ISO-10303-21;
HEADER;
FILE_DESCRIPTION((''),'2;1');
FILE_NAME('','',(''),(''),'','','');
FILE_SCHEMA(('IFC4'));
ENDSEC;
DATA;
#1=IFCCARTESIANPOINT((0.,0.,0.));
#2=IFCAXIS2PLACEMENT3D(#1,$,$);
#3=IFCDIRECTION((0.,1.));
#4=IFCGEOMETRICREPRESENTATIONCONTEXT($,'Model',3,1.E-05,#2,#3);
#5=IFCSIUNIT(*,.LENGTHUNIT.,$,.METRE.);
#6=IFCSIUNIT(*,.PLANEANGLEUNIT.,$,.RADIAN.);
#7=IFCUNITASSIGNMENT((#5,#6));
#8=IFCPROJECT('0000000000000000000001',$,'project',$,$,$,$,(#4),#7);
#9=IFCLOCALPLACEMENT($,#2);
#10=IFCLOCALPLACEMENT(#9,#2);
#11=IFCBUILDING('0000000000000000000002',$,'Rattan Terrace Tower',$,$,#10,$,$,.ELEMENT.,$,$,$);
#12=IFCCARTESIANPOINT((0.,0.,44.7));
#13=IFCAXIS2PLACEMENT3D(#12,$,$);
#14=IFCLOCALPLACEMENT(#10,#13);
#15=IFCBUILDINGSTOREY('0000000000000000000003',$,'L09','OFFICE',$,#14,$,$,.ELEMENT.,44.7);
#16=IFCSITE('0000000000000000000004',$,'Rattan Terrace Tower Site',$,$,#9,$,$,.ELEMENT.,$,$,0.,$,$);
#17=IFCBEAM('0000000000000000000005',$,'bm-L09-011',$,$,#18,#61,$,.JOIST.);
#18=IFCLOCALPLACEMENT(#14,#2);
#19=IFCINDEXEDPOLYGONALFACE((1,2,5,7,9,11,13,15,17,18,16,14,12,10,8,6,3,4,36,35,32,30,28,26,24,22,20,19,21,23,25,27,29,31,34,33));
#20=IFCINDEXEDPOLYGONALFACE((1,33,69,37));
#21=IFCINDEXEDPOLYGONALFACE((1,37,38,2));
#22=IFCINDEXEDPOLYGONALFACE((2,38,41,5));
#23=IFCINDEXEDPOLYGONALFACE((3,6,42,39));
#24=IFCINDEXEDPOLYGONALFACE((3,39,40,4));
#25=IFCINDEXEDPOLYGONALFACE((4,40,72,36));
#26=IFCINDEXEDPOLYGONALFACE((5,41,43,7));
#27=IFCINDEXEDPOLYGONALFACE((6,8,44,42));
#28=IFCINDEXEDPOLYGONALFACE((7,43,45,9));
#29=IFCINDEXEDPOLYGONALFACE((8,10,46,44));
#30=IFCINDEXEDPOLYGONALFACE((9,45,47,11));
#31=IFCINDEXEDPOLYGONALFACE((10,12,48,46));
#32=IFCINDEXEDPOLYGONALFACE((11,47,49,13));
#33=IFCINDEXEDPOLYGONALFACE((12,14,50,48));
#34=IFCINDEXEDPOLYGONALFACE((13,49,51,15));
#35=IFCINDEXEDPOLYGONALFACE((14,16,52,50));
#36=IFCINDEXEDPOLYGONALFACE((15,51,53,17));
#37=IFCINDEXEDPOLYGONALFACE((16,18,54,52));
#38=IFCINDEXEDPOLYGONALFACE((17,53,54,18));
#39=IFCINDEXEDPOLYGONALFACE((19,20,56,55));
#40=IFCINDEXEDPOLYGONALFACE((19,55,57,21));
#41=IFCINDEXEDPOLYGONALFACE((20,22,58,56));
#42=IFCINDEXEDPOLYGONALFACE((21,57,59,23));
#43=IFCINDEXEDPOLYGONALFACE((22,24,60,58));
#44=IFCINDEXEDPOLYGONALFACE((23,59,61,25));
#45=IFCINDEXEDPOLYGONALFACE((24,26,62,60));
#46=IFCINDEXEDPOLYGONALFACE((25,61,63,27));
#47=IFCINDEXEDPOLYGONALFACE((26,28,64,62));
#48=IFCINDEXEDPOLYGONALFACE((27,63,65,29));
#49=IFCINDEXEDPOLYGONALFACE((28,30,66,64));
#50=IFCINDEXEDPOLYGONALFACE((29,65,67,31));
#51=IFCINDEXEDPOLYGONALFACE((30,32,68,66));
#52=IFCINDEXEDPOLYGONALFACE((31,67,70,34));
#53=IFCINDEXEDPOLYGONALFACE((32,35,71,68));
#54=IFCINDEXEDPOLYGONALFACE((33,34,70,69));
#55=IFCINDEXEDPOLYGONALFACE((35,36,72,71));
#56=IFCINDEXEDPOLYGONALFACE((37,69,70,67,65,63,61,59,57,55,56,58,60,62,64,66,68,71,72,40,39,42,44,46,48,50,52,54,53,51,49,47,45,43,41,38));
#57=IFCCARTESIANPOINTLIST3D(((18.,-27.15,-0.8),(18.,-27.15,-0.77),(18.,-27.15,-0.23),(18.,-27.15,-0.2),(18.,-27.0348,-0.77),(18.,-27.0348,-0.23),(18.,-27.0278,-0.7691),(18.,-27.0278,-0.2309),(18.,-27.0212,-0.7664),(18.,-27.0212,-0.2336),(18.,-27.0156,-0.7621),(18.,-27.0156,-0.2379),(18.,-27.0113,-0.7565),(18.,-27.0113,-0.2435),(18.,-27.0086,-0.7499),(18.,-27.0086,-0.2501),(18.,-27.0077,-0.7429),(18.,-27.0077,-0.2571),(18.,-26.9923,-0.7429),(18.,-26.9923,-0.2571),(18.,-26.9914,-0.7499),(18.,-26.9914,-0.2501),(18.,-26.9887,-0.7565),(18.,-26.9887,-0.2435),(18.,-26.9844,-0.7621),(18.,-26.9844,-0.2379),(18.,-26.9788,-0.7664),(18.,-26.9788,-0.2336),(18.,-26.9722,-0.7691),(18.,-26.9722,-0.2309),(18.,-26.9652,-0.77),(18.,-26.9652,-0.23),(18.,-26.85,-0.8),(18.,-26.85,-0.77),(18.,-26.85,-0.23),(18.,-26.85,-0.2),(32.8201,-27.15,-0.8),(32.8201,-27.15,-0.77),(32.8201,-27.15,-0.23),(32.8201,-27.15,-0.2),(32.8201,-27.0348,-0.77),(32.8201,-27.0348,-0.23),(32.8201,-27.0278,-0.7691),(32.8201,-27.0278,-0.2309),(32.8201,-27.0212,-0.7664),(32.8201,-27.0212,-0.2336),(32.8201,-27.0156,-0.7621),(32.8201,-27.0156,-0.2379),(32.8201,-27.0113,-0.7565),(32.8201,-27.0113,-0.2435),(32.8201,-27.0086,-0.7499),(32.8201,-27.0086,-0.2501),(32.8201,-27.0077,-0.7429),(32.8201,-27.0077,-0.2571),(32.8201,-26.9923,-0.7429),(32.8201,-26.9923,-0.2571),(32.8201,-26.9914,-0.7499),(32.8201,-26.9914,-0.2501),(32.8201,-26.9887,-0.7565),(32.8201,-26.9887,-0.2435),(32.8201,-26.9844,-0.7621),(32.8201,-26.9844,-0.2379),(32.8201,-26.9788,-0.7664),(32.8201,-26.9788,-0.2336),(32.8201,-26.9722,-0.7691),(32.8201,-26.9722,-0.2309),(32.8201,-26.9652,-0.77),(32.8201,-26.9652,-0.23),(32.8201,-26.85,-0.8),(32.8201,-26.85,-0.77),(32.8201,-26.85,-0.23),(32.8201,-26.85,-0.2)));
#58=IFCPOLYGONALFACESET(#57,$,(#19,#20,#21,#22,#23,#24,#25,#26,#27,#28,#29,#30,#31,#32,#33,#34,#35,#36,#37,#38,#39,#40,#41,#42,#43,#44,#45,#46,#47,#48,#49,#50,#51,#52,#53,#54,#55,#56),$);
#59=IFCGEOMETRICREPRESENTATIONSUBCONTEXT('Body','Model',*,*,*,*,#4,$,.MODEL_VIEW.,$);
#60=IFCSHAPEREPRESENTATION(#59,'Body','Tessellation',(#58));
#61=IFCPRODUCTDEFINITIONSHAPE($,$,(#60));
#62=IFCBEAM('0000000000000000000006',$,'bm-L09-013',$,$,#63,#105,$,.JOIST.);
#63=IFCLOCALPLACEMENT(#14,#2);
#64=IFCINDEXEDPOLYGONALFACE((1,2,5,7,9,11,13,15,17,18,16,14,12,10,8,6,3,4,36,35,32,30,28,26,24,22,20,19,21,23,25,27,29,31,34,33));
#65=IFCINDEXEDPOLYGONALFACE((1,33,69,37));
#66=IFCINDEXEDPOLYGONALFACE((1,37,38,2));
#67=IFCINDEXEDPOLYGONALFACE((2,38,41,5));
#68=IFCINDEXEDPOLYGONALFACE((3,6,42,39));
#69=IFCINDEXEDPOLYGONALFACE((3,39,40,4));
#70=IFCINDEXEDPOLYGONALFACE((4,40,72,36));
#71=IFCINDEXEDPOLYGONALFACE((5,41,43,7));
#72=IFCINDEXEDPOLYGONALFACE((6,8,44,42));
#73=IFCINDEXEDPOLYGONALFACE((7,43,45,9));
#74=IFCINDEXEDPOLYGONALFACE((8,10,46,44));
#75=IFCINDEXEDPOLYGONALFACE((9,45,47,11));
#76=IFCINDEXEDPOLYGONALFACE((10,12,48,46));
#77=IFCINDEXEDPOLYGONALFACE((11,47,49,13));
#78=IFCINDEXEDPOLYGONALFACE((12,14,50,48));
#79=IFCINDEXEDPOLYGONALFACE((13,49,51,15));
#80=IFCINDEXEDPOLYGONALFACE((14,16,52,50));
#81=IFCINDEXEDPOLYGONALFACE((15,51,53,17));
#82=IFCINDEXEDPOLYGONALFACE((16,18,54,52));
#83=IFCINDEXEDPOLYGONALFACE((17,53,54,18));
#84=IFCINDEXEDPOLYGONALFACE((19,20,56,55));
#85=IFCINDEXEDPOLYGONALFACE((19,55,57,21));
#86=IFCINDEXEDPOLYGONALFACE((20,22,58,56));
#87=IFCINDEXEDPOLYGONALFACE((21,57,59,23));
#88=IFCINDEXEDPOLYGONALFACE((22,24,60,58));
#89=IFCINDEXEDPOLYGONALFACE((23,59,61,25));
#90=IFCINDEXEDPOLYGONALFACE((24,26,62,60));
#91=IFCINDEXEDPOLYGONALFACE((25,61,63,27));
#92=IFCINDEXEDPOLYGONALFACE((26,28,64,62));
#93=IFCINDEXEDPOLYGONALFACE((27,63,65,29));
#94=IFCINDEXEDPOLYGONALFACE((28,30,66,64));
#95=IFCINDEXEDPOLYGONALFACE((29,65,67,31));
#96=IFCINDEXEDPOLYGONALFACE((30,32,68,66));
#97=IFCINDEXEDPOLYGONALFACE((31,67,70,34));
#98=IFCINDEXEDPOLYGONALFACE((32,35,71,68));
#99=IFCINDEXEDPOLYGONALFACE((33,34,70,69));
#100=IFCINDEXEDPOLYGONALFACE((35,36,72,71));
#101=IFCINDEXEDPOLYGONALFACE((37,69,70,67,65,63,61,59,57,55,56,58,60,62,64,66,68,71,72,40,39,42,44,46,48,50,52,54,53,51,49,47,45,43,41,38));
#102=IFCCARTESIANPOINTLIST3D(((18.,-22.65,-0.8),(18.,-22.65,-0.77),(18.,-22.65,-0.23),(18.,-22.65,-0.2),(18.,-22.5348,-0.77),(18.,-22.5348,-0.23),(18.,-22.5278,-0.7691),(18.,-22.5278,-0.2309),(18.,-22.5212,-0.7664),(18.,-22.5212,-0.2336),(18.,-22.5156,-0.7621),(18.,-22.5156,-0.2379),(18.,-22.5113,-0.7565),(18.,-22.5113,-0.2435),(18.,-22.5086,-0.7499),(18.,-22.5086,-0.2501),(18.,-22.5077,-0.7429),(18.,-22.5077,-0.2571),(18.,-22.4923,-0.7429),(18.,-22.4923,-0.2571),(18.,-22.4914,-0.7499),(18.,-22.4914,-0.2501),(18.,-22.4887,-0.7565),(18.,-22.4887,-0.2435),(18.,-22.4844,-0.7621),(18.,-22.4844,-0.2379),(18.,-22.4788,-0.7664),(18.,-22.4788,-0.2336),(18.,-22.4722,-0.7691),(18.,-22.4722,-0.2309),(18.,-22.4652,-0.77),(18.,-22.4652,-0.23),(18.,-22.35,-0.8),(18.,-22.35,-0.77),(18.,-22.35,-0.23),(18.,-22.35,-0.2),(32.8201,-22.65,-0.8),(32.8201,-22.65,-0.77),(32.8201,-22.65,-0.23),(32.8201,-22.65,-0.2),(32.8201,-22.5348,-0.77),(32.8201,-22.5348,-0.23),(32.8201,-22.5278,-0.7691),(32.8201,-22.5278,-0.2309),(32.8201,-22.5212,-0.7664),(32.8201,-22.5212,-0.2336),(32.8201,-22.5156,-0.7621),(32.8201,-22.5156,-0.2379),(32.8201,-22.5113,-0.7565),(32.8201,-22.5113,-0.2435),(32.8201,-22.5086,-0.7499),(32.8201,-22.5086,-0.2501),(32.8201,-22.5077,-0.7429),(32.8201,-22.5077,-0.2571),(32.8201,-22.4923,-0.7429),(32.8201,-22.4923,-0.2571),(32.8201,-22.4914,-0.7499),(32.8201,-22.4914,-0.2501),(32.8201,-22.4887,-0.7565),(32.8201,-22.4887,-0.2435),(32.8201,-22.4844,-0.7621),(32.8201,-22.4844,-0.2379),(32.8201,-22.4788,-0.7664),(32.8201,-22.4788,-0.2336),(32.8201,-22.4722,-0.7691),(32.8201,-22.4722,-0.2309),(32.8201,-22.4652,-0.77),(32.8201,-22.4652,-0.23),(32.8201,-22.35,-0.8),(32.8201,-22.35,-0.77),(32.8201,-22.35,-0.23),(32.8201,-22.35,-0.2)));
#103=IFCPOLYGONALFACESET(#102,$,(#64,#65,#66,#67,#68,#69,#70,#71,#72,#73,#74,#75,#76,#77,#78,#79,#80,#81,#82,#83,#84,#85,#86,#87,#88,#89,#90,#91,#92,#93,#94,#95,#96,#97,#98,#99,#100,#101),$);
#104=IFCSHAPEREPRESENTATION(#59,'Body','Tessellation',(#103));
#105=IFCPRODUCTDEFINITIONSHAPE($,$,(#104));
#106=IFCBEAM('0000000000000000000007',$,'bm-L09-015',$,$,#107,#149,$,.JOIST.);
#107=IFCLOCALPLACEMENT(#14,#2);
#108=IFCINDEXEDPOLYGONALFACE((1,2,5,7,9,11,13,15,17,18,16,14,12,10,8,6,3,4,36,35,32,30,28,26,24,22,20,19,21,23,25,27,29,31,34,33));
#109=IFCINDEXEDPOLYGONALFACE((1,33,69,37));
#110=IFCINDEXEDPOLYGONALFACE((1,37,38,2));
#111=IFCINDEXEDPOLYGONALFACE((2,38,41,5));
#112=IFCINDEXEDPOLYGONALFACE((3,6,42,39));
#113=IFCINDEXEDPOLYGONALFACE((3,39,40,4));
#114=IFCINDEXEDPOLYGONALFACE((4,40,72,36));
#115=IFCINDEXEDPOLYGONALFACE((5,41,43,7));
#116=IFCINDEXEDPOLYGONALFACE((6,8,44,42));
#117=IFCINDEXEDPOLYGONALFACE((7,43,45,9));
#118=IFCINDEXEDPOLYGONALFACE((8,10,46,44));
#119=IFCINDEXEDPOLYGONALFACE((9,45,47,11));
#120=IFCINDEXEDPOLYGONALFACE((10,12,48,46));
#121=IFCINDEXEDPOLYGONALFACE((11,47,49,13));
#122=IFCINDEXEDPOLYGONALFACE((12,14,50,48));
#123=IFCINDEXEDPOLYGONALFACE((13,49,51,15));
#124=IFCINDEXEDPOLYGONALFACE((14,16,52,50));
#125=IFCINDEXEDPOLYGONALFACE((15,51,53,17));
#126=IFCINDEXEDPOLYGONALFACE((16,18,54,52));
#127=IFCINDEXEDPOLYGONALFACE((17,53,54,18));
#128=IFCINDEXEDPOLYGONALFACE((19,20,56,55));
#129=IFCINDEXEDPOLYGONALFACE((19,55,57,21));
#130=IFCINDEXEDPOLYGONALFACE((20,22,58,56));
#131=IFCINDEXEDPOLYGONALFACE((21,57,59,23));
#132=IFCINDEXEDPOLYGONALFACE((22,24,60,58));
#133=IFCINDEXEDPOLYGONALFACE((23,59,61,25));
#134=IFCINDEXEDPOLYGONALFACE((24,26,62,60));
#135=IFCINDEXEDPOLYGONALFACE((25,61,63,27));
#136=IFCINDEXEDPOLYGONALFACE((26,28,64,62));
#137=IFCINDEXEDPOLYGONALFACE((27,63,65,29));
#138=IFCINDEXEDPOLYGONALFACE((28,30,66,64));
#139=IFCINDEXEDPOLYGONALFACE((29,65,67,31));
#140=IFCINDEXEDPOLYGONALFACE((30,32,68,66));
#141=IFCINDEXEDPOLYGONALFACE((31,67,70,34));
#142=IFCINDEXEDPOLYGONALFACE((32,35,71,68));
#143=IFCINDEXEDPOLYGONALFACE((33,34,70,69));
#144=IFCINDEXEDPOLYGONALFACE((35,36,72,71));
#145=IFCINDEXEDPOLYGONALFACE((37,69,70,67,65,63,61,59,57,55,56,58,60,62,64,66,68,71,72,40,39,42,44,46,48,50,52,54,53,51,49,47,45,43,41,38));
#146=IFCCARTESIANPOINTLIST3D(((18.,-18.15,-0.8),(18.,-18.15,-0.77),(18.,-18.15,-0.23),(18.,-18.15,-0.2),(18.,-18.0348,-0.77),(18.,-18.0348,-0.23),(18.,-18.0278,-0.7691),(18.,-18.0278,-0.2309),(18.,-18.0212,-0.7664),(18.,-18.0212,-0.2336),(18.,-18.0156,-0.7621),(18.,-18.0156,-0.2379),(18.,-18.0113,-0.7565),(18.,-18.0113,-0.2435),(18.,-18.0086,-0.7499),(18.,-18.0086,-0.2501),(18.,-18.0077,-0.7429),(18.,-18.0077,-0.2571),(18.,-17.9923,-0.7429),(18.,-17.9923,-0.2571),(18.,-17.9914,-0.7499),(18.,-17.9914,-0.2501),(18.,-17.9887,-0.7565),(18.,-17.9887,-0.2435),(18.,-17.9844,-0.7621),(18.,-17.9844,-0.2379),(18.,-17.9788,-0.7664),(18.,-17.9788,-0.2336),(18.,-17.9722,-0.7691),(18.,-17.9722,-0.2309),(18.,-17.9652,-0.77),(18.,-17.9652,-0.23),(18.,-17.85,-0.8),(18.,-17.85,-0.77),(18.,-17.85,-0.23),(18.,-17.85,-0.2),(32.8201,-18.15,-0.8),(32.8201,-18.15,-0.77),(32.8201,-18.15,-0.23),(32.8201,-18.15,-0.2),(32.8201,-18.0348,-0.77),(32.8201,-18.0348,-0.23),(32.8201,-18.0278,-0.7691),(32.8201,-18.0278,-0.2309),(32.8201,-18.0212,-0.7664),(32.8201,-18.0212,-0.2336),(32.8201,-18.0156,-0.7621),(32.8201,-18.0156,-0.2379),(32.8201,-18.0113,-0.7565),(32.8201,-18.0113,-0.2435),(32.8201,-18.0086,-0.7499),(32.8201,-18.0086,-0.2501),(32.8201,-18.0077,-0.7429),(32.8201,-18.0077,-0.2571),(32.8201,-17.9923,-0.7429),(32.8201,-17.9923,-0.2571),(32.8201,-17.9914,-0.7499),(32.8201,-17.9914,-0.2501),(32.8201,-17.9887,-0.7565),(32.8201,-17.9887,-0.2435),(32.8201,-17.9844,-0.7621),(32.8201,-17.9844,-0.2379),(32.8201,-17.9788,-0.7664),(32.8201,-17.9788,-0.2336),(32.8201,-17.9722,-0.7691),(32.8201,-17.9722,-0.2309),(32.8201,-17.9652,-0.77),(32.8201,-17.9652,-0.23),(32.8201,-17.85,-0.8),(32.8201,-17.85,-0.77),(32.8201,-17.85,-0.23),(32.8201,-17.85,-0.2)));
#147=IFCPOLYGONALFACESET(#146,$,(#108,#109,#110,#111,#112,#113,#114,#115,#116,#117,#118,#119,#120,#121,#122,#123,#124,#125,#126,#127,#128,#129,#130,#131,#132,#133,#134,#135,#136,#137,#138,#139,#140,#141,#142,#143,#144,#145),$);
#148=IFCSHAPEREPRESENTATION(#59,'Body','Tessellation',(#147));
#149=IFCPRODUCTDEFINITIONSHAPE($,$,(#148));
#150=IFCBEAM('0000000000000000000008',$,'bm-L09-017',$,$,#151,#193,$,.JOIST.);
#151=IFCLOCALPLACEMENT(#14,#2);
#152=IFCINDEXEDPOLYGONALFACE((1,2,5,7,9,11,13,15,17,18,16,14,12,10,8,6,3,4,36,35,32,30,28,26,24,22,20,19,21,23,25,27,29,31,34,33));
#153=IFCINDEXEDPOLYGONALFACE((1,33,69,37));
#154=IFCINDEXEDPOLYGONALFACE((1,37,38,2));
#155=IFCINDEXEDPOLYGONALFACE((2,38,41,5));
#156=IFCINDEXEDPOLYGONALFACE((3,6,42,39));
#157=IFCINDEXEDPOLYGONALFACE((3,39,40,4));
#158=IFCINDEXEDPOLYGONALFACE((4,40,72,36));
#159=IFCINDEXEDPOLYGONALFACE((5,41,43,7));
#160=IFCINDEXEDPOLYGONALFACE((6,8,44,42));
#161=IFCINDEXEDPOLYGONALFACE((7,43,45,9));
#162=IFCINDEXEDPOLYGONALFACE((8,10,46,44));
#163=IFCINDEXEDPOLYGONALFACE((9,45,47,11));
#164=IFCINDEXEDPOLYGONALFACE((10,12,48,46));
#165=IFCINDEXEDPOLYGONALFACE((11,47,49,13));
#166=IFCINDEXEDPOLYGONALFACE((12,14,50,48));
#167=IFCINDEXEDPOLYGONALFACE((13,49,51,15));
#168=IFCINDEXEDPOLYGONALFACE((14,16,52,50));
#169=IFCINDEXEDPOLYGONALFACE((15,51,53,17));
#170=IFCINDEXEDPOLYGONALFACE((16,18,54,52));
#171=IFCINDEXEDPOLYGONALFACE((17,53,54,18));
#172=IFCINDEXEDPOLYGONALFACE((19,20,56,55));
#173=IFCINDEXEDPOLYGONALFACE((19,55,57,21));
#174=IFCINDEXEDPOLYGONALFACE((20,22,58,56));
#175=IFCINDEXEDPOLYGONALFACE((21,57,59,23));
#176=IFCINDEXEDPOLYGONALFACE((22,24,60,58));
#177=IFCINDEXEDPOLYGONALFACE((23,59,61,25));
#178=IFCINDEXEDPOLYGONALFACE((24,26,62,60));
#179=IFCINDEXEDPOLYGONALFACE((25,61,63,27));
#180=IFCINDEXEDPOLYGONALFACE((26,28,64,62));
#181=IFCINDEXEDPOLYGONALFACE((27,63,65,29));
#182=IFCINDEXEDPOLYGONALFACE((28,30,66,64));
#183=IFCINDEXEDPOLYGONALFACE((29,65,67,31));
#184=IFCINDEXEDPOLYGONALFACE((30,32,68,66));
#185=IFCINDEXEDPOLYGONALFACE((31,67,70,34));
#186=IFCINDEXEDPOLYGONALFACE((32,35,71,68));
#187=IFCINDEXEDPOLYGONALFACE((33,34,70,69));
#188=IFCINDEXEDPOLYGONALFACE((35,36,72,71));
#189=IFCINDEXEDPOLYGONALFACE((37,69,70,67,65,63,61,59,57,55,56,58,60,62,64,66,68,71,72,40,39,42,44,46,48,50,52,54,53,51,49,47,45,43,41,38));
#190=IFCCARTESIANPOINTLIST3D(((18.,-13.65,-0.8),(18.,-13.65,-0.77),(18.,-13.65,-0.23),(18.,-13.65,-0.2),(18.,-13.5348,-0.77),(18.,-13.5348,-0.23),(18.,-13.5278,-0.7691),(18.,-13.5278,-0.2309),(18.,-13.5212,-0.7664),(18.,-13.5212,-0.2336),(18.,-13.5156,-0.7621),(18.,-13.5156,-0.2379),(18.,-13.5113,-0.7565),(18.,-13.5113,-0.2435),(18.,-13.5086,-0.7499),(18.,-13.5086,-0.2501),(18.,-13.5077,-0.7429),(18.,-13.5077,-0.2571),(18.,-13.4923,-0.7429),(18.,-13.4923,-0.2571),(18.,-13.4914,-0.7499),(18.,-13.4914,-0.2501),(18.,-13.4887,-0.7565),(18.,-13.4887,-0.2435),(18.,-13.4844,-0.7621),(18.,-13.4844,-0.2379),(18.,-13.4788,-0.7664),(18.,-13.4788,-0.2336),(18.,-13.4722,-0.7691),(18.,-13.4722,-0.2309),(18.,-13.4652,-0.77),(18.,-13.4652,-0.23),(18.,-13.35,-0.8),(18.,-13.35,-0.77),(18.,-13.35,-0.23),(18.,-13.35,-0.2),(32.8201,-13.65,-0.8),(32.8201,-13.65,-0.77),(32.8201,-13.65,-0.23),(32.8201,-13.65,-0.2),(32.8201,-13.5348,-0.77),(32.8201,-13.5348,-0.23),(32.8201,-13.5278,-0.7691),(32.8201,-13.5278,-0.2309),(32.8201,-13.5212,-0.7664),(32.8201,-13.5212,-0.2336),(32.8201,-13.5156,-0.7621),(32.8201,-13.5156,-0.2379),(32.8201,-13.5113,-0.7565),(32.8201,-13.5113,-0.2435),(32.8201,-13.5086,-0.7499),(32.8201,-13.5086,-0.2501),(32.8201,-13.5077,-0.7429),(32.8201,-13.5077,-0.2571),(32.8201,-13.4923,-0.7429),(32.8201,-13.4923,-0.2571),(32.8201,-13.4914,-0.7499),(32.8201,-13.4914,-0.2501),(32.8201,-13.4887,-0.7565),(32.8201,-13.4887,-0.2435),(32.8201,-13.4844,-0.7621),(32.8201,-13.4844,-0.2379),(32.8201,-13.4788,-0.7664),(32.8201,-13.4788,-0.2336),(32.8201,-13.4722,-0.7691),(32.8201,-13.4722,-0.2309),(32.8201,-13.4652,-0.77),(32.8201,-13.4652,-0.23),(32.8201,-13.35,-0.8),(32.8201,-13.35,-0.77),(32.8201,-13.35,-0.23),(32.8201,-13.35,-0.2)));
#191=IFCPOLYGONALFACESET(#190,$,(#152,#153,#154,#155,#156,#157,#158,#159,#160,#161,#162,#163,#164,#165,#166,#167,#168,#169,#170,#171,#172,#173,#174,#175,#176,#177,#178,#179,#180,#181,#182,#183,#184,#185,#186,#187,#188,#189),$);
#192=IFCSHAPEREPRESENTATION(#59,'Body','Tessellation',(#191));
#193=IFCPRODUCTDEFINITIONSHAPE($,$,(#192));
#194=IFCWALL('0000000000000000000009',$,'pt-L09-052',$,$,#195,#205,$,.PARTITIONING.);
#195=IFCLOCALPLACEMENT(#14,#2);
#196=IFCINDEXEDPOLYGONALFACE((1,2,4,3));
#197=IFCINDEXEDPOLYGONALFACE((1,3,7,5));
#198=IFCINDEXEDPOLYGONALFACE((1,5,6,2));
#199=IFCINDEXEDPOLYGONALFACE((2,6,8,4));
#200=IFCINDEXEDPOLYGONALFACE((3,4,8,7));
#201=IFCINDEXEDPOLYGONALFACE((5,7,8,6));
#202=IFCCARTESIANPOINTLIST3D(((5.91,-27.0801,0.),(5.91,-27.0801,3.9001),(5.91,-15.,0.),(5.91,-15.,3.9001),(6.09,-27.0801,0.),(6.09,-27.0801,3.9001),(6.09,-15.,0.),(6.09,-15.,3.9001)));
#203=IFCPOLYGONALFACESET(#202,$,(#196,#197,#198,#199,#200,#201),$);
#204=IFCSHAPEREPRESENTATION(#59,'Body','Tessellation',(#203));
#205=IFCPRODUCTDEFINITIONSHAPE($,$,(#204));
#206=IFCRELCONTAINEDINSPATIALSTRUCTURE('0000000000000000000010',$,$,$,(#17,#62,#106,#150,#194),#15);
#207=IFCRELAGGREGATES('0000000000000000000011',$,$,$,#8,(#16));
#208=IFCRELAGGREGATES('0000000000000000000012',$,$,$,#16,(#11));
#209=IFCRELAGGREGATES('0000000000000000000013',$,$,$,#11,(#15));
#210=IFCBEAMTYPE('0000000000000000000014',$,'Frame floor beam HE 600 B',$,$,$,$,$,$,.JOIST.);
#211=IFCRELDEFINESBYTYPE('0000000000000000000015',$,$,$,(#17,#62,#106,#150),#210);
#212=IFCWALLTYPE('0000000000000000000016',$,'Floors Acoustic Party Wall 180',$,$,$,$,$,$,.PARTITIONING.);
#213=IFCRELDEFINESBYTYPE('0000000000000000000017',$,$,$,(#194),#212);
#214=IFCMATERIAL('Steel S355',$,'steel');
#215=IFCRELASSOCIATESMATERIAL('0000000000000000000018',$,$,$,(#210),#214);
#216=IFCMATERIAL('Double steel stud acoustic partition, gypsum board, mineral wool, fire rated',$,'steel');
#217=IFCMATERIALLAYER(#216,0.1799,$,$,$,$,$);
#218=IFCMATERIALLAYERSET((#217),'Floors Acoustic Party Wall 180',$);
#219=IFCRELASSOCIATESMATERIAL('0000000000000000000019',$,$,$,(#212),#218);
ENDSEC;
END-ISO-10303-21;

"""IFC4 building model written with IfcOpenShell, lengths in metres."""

from ifc_helpers import new_model, si_unit, direction, frame, frame_2d, origin, origin_2d, place, context, subcontext, project, spatial, rectangle, i_section, extrude, material, layer, layer_set, material_profile, profile_set, type_object, element, save


model = new_model("IFC4")

# Units and contexts
model_context = context("Model", 3, precision=1e-05, world=origin(), true_north=direction((0.0, 1.0)))
body_context = subcontext(model_context, "Body", "Model", "MODEL_VIEW")
ifc_project = project(units=[si_unit("LENGTHUNIT", "METRE"), si_unit("PLANEANGLEUNIT", "RADIAN")], contexts=[model_context])

# Site, building, storey
site_placement = place(None, origin())
site = spatial("IfcSite", under=ifc_project, at=site_placement, Name="Rattan Terrace Tower Site", CompositionType="ELEMENT", RefElevation=0.0)
building_placement = place(site_placement, origin())
building = spatial("IfcBuilding", under=site, at=building_placement, Name="Rattan Terrace Tower", CompositionType="ELEMENT")
storey_placement = place(building_placement, frame((0.0, 0.0, 44.7)))
storey = spatial("IfcBuildingStorey", under=building, at=storey_placement, Name="L09", Description="OFFICE", CompositionType="ELEMENT", Elevation=44.7)

# Beams
ifc_material_1 = material(Name="Steel S355", Category="steel")
ifc_material_profile = material_profile(ifc_material_1, i_section(OverallWidth=0.3, OverallDepth=0.6001, WebThickness=0.0154, FlangeThickness=0.03, FilletRadius=0.0271, at=origin_2d()), Name="HE 600 B")
ifc_profile_set = profile_set([ifc_material_profile], Name="Steel S355")
beam_type = type_object("IfcBeamType", Name="Frame floor beam HE 600 B", PredefinedType="JOIST", material=ifc_profile_set)
for number, where, z_axis, x_axis, name in (
    (1, (18.0, -27.0, -0.5), (1.0, 0.0, 0.0), (0.0, 1.0, 0.0), "bm-L09-011"),
    (2, (18.0, -22.5, -0.5), (1.0, 0.0, 0.0), (0.0, 1.0, 0.0), "bm-L09-013"),
    (3, (18.0, -18.0, -0.5), (1.0, 0.0, 0.0), (0.0, 1.0, 0.0), "bm-L09-015"),
    (4, (18.0, -13.5, -0.5), (1.0, 0.0, 0.0), (0.0, 1.0, 0.0), "bm-L09-017"),
):
    element("IfcBeam", number, at=place(storey_placement, frame(where, z_axis=z_axis, x_axis=x_axis)), inside=storey, type_object=beam_type, Name=name, PredefinedType="JOIST", context=body_context, shape_type="SweptSolid", body=[
        extrude(i_section(OverallWidth=0.3, OverallDepth=0.6001, WebThickness=0.0154, FlangeThickness=0.03, FilletRadius=0.0271, at=origin_2d()), origin(), (0.0, 0.0, 1.0), 14.8201),
    ])

# Wall
ifc_material_2 = material(Name="Double steel stud acoustic partition, gypsum board, mineral wool, fire rated", Category="steel")
ifc_layer_1 = layer(ifc_material_2, 0.1799)
ifc_layer_set_1 = layer_set([ifc_layer_1], Name="Floors Acoustic Party Wall 180")
wall_type_1 = type_object("IfcWallType", Name="Floors Acoustic Party Wall 180", PredefinedType="PARTITIONING", material=ifc_layer_set_1)
wall_1_placement = place(storey_placement, frame((6.0, -15.0, 0.0), z_axis=(0.0, 0.0, 1.0), x_axis=(0.0, -1.0, 0.0)))
element("IfcWall", 5, at=wall_1_placement, inside=storey, type_object=wall_type_1, Name="pt-L09-052", PredefinedType="PARTITIONING", context=body_context, shape_type="SweptSolid", body=[
    extrude(rectangle(XDim=12.0801, YDim=0.1799, at=frame_2d((6.04, 0.0))), origin(), (0.0, 0.0, 1.0), 3.9001),
])

save(model, "model.ifc")
